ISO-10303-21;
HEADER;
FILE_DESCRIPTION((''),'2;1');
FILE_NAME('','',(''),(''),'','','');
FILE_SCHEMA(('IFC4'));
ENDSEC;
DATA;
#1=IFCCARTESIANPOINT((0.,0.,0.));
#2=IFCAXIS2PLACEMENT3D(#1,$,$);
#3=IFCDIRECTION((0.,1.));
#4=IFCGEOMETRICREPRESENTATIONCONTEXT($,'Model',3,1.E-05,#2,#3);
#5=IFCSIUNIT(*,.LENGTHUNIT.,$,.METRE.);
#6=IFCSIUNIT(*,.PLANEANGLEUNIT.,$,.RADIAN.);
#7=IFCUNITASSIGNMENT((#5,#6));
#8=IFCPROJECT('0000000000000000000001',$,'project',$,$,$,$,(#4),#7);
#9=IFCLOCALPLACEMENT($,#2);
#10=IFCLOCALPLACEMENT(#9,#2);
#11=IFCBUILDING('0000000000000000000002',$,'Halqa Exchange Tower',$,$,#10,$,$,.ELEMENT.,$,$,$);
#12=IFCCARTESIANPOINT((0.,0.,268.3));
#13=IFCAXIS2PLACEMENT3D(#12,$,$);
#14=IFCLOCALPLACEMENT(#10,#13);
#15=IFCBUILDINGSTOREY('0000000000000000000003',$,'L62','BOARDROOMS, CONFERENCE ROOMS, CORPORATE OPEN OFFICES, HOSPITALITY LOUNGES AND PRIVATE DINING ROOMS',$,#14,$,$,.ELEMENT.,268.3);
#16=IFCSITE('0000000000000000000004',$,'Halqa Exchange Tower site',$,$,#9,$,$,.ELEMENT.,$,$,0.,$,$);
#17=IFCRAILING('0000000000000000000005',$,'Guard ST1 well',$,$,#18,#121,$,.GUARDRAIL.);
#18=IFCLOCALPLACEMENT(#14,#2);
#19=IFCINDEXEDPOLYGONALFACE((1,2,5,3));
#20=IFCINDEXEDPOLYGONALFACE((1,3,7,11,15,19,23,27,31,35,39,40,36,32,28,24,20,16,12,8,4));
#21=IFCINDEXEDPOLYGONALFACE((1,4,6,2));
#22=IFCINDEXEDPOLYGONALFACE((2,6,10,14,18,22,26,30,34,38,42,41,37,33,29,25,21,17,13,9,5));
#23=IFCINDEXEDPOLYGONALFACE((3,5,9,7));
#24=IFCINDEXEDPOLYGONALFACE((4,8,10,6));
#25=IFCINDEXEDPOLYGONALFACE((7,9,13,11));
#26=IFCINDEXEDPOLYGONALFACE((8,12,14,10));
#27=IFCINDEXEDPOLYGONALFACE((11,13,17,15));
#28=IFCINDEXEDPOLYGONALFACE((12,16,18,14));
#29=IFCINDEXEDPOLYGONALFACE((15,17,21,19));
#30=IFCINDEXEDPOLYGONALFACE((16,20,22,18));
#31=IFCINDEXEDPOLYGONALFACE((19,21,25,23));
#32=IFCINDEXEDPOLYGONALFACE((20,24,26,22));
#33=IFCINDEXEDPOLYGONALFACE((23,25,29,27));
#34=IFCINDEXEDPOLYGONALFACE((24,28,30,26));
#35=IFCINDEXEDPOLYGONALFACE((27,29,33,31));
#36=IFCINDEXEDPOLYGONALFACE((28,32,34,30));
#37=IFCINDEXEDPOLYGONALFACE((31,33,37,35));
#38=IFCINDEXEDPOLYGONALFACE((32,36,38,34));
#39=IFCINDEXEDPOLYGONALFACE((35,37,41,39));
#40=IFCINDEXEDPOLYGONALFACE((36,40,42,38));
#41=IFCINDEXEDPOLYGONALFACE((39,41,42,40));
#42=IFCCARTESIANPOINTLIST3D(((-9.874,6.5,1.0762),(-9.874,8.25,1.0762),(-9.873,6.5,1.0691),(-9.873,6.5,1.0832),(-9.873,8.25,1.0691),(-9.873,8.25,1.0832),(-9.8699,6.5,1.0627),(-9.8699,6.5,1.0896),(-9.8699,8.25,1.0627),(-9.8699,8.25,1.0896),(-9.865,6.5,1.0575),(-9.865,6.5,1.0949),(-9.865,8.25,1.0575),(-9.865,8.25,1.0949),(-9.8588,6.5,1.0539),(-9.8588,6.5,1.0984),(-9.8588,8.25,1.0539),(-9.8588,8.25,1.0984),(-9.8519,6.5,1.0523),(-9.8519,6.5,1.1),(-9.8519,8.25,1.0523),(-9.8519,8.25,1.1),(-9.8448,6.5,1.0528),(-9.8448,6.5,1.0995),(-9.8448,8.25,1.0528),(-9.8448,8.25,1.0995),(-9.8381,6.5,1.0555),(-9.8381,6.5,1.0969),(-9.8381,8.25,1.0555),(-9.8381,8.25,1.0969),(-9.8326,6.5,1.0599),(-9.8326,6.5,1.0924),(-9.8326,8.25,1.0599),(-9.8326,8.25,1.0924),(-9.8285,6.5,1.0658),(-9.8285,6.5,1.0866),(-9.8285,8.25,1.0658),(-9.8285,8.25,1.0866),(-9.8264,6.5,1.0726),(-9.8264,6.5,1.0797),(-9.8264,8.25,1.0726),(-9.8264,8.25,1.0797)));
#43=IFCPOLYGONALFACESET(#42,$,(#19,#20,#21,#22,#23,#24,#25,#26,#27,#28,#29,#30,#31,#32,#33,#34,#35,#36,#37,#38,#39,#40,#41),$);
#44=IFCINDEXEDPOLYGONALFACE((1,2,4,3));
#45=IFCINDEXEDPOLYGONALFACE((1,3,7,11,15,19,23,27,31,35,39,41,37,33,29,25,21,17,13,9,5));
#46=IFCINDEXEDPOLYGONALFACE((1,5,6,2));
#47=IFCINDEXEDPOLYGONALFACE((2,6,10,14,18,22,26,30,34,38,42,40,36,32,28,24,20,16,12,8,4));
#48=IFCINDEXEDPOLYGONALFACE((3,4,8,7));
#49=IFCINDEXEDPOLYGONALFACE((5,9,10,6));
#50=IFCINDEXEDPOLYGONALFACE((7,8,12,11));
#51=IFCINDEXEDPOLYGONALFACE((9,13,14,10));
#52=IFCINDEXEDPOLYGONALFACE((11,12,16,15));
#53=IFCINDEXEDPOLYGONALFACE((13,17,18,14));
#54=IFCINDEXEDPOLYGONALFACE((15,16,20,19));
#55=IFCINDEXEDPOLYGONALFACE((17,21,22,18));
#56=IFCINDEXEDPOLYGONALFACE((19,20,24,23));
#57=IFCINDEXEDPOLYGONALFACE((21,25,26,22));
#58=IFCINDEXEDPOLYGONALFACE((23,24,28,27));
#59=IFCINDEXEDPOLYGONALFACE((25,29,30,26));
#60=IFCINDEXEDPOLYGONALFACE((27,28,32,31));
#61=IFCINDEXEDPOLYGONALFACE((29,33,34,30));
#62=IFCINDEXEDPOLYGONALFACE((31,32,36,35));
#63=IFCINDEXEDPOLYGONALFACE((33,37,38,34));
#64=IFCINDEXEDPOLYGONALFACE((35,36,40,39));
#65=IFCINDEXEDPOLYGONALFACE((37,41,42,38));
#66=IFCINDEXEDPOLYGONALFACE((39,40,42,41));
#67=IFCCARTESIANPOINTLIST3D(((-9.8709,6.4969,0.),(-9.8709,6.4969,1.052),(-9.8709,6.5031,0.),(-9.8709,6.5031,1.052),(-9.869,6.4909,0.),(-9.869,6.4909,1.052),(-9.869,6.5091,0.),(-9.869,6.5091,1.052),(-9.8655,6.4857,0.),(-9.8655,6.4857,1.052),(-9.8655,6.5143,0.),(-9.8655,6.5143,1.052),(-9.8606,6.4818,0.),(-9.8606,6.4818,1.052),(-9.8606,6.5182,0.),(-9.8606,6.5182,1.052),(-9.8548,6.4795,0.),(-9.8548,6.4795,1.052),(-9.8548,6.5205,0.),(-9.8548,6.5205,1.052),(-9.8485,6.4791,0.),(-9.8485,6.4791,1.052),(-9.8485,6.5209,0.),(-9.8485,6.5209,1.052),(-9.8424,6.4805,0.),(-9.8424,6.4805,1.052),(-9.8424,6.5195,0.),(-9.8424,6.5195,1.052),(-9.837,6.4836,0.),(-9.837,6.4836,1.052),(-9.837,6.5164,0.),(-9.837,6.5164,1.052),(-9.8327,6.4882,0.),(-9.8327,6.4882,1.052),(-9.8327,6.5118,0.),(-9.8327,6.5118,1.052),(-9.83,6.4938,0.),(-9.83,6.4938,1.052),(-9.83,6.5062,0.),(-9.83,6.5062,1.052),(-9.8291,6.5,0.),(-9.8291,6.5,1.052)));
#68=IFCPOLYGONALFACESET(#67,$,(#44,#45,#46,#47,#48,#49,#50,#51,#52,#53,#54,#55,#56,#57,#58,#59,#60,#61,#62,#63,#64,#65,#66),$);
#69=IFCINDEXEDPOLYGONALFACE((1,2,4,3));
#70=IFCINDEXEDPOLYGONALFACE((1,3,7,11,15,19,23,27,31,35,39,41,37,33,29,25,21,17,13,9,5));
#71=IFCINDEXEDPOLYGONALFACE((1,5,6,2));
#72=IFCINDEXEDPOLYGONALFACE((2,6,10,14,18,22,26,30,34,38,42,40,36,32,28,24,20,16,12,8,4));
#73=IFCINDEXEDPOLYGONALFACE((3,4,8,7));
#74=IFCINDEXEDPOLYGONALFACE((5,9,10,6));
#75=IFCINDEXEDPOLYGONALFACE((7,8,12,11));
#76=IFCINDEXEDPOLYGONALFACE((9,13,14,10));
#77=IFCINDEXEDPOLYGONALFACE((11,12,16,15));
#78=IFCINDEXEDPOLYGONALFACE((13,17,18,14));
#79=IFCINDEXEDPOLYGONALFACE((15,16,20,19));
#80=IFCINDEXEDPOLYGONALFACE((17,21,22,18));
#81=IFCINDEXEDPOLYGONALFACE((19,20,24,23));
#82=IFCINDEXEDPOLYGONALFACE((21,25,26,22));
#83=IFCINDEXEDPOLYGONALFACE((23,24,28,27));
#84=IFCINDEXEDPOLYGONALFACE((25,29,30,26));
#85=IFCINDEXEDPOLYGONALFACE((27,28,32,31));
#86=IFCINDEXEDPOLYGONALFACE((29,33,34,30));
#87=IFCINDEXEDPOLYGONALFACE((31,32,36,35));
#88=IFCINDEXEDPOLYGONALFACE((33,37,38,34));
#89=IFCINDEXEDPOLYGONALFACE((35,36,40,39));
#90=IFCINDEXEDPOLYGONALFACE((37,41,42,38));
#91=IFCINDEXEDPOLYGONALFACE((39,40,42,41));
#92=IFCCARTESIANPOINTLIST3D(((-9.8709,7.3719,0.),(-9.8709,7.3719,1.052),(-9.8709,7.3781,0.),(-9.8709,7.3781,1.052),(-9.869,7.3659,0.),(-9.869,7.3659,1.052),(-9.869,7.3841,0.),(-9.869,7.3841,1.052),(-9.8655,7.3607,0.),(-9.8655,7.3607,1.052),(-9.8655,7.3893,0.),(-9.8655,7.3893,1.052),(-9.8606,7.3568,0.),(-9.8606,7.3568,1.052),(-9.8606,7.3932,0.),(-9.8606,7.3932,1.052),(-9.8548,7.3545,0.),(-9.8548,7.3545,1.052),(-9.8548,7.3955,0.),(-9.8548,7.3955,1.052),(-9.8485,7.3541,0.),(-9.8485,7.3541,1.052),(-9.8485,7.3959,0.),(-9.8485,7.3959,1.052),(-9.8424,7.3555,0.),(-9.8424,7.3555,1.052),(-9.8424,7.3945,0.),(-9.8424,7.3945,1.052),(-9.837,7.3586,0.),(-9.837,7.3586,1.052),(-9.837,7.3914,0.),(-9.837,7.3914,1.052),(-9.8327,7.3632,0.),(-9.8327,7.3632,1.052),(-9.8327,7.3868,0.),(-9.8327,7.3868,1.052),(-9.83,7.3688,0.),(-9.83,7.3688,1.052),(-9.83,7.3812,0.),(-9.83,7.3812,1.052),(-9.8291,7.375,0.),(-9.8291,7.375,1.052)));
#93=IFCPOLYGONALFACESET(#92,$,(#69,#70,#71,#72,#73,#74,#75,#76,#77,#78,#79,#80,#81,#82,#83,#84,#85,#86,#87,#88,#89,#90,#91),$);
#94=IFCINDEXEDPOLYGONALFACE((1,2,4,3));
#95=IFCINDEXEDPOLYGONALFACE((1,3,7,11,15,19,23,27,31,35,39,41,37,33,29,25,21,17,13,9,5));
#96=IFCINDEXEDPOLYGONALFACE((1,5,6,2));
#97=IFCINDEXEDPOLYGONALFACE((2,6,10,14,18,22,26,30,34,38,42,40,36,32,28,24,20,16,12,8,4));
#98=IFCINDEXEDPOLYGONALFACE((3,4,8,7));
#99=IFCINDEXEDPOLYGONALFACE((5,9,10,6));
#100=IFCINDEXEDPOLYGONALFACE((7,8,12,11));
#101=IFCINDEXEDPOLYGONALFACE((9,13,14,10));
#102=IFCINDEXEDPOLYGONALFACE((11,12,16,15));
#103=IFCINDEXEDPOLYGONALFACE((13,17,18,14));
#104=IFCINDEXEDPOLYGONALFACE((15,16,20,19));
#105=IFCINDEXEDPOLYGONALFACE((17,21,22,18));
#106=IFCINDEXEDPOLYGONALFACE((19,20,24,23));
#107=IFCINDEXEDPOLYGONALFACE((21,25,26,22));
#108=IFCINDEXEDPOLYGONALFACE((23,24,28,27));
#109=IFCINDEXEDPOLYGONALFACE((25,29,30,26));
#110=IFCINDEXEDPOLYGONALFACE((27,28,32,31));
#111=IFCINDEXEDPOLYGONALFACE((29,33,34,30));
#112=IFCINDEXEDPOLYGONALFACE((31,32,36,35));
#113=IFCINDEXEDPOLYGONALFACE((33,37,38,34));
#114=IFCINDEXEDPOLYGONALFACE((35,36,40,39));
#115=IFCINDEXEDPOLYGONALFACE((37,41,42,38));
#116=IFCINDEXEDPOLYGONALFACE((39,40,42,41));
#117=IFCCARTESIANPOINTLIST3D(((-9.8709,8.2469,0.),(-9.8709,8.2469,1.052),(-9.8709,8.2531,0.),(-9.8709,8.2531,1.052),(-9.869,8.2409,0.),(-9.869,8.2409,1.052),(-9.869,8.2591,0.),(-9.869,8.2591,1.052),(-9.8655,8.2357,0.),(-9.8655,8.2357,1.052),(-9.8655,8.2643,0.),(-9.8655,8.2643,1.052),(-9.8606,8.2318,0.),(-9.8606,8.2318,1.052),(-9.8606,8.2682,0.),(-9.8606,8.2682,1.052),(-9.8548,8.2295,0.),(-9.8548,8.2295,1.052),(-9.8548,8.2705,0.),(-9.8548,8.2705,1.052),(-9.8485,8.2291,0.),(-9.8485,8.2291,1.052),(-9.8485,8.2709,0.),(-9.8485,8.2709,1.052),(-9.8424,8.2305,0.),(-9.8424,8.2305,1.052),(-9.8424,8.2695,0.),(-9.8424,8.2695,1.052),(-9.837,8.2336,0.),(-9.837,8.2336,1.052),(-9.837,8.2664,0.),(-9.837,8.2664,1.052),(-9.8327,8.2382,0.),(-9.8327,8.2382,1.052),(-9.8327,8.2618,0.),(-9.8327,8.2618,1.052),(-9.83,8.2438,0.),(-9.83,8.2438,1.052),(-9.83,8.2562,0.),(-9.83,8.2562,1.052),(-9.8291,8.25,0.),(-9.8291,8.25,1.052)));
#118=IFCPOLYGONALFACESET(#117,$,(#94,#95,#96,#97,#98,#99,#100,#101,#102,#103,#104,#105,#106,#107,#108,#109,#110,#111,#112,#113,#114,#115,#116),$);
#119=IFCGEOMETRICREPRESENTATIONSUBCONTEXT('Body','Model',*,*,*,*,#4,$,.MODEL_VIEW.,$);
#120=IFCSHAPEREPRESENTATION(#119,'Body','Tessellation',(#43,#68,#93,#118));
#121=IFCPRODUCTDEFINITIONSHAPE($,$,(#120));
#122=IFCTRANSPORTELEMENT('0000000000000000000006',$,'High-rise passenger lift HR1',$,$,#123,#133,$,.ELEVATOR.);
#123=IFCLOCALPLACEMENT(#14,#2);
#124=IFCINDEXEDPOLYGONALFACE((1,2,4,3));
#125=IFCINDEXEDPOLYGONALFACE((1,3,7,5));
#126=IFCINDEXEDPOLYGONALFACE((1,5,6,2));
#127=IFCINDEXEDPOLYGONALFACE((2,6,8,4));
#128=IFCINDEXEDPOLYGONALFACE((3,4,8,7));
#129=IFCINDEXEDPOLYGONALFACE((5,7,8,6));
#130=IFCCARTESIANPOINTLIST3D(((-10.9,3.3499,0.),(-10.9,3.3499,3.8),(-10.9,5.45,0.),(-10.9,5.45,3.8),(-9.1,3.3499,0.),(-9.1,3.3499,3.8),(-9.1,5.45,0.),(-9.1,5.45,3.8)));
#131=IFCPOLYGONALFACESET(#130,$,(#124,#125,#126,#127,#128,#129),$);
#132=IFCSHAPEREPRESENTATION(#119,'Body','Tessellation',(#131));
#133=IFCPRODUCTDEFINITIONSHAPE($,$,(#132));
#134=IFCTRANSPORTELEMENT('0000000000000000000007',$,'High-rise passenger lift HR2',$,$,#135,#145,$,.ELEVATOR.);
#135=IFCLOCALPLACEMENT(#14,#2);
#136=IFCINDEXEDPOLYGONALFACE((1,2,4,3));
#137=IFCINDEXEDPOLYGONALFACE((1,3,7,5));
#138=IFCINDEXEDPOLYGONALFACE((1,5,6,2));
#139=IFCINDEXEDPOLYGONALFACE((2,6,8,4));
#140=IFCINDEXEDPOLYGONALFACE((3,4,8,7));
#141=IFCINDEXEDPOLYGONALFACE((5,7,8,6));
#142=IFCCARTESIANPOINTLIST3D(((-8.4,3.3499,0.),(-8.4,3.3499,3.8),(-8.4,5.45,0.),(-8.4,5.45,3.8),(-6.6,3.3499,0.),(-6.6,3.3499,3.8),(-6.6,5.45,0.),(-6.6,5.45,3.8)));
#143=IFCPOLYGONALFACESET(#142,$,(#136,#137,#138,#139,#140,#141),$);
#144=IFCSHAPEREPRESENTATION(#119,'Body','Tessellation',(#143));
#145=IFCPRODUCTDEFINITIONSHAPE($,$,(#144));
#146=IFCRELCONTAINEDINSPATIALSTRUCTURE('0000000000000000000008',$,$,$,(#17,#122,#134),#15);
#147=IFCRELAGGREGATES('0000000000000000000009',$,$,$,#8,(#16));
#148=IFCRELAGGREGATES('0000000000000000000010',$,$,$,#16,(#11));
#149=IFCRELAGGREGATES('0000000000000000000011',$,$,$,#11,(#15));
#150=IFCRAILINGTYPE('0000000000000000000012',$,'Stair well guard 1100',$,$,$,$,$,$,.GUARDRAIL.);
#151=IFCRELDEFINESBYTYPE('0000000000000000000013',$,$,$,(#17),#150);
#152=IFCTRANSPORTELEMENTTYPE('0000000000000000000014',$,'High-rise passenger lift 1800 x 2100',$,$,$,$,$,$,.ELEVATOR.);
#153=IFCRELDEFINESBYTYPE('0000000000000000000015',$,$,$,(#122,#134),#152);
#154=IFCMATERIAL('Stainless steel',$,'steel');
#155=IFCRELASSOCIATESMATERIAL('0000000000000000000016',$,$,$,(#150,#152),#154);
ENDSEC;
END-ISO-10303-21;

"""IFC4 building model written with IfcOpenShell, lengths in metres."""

from ifc_helpers import new_model, si_unit, direction, frame, origin, origin_2d, place, context, subcontext, project, spatial, rectangle, circle, extrude, material, type_object, element, save


model = new_model("IFC4")

# Units and contexts
model_context = context("Model", 3, precision=1e-05, world=origin(), true_north=direction((0.0, 1.0)))
body_context = subcontext(model_context, "Body", "Model", "MODEL_VIEW")
ifc_project = project(units=[si_unit("LENGTHUNIT", "METRE"), si_unit("PLANEANGLEUNIT", "RADIAN")], contexts=[model_context])

# Site, building, storey
site_placement = place(None, origin())
site = spatial("IfcSite", under=ifc_project, at=site_placement, Name="Halqa Exchange Tower site", CompositionType="ELEMENT", RefElevation=0.0)
building_placement = place(site_placement, origin())
building = spatial("IfcBuilding", under=site, at=building_placement, Name="Halqa Exchange Tower", CompositionType="ELEMENT")
storey_placement = place(building_placement, frame((0.0, 0.0, 268.3)))
storey = spatial("IfcBuildingStorey", under=building, at=storey_placement, Name="L62", Description="BOARDROOMS, CONFERENCE ROOMS, CORPORATE OPEN OFFICES, HOSPITALITY LOUNGES AND PRIVATE DINING ROOMS", CompositionType="ELEMENT", Elevation=268.3)

# Shared definitions
ifc_material_1 = material(Name="Stainless steel", Category="steel")

# Railing
railing_type_1 = type_object("IfcRailingType", Name="Stair well guard 1100", PredefinedType="GUARDRAIL", material=ifc_material_1)
railing_1_placement = place(storey_placement, frame((-9.8501, 6.5, 0.0)))
element("IfcRailing", 1, at=railing_1_placement, inside=storey, type_object=railing_type_1, Name="Guard ST1 well", PredefinedType="GUARDRAIL", context=body_context, shape_type="SweptSolid", body=[
    extrude(circle(Radius=0.0239, at=origin_2d()), frame((0.0, 0.0, 1.0762), z_axis=(0.0, 1.0, 0.0), x_axis=(-1.0, 0.0, 0.0)), (0.0, 0.0, 1.0), 1.75),
    extrude(circle(Radius=0.021, at=origin_2d()), origin(), (0.0, 0.0, 1.0), 1.052),
    extrude(circle(Radius=0.021, at=origin_2d()), frame((0.0, 0.875, 0.0)), (0.0, 0.0, 1.0), 1.052),
    extrude(circle(Radius=0.021, at=origin_2d()), frame((0.0, 1.75, 0.0)), (0.0, 0.0, 1.0), 1.052),
])

# Transport elements
transport_element_type = type_object("IfcTransportElementType", Name="High-rise passenger lift 1800 x 2100", PredefinedType="ELEVATOR", material=ifc_material_1)
for number, where, z_axis, x_axis, name in (
    (2, (-10.0, 4.3999, 0.0), (0.0, 0.0, 1.0), (1.0, 0.0, 0.0), "High-rise passenger lift HR1"),
    (3, (-7.5, 4.3999, 0.0), (0.0, 0.0, 1.0), (1.0, 0.0, 0.0), "High-rise passenger lift HR2"),
):
    element("IfcTransportElement", number, at=place(storey_placement, frame(where, z_axis=z_axis, x_axis=x_axis)), inside=storey, type_object=transport_element_type, Name=name, PredefinedType="ELEVATOR", context=body_context, shape_type="SweptSolid", body=[
        extrude(rectangle(XDim=1.8, YDim=2.1001, at=origin_2d()), origin(), (0.0, 0.0, 1.0), 3.8),
    ])

save(model, "model.ifc")
